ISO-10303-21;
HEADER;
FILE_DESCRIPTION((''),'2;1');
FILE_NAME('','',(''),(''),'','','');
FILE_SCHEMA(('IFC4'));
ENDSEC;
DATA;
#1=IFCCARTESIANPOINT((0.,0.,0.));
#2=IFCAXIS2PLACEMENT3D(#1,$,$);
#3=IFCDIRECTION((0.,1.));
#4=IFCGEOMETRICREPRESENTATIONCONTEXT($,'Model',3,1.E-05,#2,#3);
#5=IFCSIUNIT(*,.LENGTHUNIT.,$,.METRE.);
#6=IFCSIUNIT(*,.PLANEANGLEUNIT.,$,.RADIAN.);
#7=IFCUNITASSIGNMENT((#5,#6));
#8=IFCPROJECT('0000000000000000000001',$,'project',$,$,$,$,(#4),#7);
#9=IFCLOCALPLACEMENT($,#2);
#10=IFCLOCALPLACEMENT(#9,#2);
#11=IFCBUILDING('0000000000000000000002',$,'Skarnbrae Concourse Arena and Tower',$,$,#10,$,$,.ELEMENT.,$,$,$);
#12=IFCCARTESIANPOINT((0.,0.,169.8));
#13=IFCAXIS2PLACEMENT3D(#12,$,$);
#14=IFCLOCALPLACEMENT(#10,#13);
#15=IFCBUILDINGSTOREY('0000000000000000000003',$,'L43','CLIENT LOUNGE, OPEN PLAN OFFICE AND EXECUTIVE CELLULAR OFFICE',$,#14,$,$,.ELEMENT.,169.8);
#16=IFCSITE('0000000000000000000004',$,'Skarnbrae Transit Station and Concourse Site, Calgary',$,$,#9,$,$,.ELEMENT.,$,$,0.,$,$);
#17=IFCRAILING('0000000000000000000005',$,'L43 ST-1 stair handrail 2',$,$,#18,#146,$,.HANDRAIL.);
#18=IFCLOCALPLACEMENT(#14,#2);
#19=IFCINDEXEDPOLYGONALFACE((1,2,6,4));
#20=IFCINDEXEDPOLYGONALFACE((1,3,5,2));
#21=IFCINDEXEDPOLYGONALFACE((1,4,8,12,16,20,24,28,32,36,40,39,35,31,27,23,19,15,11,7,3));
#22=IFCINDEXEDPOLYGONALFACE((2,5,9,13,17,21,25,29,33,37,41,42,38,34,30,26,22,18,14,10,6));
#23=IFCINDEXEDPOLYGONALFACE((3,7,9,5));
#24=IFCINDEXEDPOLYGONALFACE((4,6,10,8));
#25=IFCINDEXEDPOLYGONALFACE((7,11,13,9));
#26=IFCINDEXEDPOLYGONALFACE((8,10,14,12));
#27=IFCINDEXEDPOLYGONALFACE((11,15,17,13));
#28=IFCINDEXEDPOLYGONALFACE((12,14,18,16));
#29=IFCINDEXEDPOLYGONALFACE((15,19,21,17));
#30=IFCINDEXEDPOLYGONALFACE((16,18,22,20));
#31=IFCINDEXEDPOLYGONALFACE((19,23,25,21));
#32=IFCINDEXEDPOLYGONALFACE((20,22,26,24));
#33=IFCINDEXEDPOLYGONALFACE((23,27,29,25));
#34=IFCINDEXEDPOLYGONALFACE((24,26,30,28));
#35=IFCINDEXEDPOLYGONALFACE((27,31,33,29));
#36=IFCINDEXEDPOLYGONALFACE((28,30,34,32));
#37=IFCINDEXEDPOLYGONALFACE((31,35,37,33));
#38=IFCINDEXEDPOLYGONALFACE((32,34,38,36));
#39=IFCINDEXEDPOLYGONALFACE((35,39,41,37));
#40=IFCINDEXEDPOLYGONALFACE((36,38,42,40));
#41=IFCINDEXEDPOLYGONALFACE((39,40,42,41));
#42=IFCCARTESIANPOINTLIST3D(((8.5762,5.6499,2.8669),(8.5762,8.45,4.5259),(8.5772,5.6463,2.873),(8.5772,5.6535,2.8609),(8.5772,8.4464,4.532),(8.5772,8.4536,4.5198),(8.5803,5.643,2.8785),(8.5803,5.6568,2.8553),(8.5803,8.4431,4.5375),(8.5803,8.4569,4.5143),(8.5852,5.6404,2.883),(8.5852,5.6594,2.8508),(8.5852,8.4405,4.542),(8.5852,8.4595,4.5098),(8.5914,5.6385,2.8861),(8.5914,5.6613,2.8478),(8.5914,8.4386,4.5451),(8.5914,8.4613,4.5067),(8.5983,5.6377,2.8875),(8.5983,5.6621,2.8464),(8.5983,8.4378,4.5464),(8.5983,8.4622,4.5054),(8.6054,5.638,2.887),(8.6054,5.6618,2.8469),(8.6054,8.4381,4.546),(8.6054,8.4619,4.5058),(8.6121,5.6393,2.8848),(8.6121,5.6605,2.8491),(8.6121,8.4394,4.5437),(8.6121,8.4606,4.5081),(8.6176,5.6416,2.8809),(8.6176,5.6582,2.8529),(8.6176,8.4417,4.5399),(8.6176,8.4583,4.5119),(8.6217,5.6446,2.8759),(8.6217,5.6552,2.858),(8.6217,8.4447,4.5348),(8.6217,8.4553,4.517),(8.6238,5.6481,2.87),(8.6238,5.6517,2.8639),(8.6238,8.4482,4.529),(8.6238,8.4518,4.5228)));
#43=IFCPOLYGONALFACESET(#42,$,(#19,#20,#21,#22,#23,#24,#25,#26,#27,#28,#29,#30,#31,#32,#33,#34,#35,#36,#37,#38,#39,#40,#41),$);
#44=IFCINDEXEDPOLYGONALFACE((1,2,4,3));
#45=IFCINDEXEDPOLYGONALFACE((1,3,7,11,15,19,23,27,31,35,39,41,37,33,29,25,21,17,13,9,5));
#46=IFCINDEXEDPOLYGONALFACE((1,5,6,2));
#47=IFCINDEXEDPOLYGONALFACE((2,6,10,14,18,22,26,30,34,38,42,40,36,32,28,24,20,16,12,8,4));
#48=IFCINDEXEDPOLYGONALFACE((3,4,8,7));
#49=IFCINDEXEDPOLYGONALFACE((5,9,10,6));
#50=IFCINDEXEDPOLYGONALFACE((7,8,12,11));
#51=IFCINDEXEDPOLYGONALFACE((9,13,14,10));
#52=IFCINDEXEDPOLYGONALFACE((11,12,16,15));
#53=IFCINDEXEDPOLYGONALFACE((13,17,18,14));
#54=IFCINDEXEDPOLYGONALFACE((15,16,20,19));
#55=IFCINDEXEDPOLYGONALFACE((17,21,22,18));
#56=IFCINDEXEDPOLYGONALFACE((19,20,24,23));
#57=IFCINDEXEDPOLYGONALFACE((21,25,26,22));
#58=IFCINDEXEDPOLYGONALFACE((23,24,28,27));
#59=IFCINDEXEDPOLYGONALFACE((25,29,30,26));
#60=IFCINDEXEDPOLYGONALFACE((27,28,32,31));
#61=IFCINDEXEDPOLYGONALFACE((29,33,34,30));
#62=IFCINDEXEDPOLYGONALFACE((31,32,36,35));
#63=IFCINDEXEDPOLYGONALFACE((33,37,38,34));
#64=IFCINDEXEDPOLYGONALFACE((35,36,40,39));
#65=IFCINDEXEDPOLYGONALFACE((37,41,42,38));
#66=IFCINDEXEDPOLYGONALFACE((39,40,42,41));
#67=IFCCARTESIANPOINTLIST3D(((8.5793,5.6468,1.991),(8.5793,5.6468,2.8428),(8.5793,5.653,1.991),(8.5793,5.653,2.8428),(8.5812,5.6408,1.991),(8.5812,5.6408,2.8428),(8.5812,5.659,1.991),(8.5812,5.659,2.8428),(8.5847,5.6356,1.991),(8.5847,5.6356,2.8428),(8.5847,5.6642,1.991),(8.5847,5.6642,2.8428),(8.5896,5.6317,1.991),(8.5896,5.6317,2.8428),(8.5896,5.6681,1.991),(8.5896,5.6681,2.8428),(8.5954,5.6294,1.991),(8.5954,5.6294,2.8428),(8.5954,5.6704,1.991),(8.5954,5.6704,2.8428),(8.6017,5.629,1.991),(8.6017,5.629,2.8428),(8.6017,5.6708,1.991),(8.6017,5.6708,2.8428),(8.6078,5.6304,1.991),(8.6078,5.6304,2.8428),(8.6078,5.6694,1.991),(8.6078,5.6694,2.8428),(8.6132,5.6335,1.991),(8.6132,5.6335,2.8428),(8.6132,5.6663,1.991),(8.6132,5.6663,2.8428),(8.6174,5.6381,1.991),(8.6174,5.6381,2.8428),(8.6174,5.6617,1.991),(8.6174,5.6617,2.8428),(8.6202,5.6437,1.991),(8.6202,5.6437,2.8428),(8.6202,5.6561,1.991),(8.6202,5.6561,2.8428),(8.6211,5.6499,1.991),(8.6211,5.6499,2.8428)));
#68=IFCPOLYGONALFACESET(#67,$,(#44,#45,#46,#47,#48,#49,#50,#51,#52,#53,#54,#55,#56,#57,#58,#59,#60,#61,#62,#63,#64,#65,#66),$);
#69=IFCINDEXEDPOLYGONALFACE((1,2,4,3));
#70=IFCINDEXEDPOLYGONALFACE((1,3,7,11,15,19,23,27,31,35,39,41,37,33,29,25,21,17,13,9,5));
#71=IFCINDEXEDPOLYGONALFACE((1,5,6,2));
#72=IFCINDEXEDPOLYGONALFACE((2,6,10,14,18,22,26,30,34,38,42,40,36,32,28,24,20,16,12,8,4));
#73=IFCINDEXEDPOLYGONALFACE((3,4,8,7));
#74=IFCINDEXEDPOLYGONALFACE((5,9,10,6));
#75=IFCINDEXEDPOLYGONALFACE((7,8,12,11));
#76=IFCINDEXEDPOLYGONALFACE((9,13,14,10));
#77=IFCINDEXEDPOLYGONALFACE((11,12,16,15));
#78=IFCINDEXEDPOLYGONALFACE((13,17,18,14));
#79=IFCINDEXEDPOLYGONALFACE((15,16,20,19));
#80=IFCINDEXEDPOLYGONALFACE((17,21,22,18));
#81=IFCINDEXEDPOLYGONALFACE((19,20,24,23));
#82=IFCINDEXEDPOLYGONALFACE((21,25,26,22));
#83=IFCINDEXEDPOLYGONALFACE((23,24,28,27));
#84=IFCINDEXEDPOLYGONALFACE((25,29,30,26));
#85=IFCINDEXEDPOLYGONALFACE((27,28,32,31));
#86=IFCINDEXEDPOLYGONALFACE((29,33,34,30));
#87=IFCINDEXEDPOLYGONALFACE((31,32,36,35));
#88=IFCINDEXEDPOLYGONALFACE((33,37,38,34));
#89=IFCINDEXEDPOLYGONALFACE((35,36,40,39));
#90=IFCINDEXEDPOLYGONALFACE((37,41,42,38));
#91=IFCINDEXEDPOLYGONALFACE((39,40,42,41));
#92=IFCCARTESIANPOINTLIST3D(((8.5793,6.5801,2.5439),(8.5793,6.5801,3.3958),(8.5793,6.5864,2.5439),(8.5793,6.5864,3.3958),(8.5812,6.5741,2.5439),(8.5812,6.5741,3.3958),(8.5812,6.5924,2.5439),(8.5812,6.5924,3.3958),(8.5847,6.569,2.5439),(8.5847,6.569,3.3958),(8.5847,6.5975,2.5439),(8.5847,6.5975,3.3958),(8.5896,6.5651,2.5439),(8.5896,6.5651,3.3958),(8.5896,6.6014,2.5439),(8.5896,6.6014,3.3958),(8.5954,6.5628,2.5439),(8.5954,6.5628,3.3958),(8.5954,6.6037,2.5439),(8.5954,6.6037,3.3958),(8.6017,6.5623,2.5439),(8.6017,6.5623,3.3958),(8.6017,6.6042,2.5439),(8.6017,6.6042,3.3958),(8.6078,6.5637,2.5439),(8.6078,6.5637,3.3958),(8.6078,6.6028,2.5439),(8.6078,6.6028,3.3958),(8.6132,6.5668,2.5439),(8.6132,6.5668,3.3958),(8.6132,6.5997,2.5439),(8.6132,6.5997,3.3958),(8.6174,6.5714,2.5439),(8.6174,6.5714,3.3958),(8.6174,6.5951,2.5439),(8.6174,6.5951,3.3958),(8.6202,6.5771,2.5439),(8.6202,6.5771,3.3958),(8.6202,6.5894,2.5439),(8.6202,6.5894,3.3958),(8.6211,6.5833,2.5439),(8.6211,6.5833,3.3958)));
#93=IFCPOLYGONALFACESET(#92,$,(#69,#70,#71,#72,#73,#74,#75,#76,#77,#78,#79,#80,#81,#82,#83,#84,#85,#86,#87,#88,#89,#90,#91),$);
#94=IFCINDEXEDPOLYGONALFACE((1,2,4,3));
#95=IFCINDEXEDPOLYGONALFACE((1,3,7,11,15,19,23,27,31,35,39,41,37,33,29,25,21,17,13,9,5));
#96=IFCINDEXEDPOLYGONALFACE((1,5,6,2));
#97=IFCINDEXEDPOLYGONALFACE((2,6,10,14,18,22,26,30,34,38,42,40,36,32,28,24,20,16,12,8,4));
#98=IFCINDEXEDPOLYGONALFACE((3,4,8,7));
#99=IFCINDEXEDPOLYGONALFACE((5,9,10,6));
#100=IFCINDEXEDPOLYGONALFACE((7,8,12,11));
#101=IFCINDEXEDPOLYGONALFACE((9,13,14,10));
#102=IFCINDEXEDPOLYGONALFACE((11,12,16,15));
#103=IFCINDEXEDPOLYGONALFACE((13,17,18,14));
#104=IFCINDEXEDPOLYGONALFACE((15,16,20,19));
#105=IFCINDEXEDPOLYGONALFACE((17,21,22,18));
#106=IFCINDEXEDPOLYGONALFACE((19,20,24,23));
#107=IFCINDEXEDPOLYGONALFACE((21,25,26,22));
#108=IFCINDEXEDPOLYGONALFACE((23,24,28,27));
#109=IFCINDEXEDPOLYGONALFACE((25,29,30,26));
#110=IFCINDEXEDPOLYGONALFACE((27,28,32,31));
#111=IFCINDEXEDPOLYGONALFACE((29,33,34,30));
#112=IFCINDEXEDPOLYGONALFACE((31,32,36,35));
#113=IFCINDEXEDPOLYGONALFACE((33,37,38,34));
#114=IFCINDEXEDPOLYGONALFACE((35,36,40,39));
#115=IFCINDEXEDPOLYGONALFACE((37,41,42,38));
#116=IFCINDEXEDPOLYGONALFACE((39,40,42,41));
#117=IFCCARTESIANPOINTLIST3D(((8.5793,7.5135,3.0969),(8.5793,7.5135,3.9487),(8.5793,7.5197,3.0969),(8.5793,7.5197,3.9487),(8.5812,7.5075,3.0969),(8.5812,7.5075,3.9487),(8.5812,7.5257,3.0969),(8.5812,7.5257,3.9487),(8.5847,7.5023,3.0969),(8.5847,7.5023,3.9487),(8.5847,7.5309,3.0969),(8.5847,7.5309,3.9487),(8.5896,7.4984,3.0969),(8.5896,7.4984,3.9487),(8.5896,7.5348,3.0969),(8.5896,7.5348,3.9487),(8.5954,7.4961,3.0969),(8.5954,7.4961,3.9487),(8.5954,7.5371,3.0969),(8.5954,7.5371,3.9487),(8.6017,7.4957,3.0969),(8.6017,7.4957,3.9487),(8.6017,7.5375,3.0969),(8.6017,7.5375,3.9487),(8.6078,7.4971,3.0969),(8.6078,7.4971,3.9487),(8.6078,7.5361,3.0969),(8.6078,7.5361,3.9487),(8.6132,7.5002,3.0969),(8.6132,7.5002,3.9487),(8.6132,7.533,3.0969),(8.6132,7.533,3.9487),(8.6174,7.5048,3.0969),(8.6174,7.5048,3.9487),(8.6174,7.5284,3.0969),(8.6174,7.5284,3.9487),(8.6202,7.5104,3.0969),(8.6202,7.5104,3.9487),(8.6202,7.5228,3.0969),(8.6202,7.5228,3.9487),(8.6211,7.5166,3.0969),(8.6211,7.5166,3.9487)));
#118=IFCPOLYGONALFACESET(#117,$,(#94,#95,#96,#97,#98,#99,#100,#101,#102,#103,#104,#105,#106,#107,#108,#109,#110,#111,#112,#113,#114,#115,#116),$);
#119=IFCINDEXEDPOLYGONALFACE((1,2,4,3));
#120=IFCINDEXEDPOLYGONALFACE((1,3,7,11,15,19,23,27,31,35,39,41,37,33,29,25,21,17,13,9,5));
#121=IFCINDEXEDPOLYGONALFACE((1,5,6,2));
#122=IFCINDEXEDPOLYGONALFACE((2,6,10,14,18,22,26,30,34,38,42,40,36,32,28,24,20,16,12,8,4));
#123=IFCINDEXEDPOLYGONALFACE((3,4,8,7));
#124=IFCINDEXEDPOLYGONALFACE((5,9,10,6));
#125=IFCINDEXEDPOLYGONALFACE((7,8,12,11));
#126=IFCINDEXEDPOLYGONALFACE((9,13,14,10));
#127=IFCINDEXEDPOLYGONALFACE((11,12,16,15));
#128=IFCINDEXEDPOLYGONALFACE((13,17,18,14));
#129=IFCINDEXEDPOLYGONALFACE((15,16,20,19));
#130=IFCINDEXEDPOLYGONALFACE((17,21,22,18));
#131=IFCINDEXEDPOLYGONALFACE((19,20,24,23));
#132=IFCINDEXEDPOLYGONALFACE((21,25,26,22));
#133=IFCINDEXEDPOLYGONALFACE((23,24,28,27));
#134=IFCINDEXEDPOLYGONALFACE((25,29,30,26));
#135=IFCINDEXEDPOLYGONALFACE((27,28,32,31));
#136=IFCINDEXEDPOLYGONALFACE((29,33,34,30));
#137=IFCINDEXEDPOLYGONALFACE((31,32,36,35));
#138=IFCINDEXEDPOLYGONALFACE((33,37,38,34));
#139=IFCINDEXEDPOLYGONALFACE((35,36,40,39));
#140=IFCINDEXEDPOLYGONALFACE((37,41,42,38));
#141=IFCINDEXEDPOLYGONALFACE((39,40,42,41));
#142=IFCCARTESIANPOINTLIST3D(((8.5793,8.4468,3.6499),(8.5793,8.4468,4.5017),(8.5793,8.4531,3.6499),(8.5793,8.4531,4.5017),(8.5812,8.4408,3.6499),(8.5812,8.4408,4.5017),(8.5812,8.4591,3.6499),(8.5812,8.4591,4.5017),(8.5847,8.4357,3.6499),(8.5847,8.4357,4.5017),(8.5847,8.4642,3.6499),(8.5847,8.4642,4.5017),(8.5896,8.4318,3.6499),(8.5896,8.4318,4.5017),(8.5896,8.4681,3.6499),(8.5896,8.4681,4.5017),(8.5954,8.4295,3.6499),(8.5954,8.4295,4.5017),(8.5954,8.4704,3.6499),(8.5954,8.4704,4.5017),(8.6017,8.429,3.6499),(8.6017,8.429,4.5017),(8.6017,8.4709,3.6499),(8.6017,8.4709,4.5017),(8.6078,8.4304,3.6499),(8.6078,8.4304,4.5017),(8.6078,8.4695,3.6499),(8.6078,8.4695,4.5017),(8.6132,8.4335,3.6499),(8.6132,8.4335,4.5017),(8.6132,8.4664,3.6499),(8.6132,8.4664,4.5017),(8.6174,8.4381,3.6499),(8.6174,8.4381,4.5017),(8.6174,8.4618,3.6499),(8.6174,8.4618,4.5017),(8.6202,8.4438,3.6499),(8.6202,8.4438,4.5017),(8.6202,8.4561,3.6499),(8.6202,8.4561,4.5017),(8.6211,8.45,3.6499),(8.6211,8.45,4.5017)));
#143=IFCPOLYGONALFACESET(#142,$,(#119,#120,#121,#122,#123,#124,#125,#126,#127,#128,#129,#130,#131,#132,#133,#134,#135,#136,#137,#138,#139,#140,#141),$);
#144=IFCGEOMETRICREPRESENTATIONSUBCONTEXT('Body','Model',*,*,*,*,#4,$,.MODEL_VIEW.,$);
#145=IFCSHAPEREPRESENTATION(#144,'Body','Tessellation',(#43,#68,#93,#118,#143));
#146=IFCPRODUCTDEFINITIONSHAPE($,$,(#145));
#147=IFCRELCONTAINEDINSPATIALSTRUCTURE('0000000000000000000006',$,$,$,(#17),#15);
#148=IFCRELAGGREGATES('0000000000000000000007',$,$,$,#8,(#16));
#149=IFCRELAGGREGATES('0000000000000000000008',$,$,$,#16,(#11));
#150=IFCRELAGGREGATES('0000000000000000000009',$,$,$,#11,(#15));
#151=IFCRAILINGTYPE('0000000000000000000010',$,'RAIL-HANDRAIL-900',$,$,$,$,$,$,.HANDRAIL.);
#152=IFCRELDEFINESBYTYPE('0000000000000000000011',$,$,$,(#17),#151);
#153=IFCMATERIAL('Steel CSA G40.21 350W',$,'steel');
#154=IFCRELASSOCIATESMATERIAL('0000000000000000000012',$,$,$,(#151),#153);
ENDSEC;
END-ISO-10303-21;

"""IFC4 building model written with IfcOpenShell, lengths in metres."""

from ifc_helpers import new_model, si_unit, direction, frame, origin, origin_2d, place, context, subcontext, project, spatial, circle, extrude, material, type_object, element, save


model = new_model("IFC4")

# Units and contexts
model_context = context("Model", 3, precision=1e-05, world=origin(), true_north=direction((0.0, 1.0)))
body_context = subcontext(model_context, "Body", "Model", "MODEL_VIEW")
ifc_project = project(units=[si_unit("LENGTHUNIT", "METRE"), si_unit("PLANEANGLEUNIT", "RADIAN")], contexts=[model_context])

# Site, building, storey
site_placement = place(None, origin())
site = spatial("IfcSite", under=ifc_project, at=site_placement, Name="Skarnbrae Transit Station and Concourse Site, Calgary", CompositionType="ELEMENT", RefElevation=0.0)
building_placement = place(site_placement, origin())
building = spatial("IfcBuilding", under=site, at=building_placement, Name="Skarnbrae Concourse Arena and Tower", CompositionType="ELEMENT")
storey_placement = place(building_placement, frame((0.0, 0.0, 169.8)))
storey = spatial("IfcBuildingStorey", under=building, at=storey_placement, Name="L43", Description="CLIENT LOUNGE, OPEN PLAN OFFICE AND EXECUTIVE CELLULAR OFFICE", CompositionType="ELEMENT", Elevation=169.8)

# Shared definitions
ifc_material_1 = material(Name="Steel CSA G40.21 350W", Category="steel")

# Railing
railing_type = type_object("IfcRailingType", Name="RAIL-HANDRAIL-900", PredefinedType="HANDRAIL", material=ifc_material_1)
railing_placement = place(storey_placement, frame((8.6001, 5.6499, 1.991)))
element("IfcRailing", 1, at=railing_placement, inside=storey, type_object=railing_type, Name="L43 ST-1 stair handrail 2", PredefinedType="HANDRAIL", context=body_context, shape_type="SweptSolid", body=[
    extrude(circle(Radius=0.0239, at=origin_2d()), frame((0.0, 0.0, 0.876), z_axis=(0.0, 0.860339, 0.509722), x_axis=(-1.0, 0.0, 0.0)), (0.0, 0.0, 1.0), 3.2546),
    extrude(circle(Radius=0.021, at=origin_2d()), origin(), (0.0, 0.0, 1.0), 0.8518),
    extrude(circle(Radius=0.021, at=origin_2d()), frame((0.0, 0.9333, 0.553)), (0.0, 0.0, 1.0), 0.8518),
    extrude(circle(Radius=0.021, at=origin_2d()), frame((0.0, 1.8667, 1.106)), (0.0, 0.0, 1.0), 0.8518),
    extrude(circle(Radius=0.021, at=origin_2d()), frame((0.0, 2.8, 1.6589)), (0.0, 0.0, 1.0), 0.8518),
])

save(model, "model.ifc")
